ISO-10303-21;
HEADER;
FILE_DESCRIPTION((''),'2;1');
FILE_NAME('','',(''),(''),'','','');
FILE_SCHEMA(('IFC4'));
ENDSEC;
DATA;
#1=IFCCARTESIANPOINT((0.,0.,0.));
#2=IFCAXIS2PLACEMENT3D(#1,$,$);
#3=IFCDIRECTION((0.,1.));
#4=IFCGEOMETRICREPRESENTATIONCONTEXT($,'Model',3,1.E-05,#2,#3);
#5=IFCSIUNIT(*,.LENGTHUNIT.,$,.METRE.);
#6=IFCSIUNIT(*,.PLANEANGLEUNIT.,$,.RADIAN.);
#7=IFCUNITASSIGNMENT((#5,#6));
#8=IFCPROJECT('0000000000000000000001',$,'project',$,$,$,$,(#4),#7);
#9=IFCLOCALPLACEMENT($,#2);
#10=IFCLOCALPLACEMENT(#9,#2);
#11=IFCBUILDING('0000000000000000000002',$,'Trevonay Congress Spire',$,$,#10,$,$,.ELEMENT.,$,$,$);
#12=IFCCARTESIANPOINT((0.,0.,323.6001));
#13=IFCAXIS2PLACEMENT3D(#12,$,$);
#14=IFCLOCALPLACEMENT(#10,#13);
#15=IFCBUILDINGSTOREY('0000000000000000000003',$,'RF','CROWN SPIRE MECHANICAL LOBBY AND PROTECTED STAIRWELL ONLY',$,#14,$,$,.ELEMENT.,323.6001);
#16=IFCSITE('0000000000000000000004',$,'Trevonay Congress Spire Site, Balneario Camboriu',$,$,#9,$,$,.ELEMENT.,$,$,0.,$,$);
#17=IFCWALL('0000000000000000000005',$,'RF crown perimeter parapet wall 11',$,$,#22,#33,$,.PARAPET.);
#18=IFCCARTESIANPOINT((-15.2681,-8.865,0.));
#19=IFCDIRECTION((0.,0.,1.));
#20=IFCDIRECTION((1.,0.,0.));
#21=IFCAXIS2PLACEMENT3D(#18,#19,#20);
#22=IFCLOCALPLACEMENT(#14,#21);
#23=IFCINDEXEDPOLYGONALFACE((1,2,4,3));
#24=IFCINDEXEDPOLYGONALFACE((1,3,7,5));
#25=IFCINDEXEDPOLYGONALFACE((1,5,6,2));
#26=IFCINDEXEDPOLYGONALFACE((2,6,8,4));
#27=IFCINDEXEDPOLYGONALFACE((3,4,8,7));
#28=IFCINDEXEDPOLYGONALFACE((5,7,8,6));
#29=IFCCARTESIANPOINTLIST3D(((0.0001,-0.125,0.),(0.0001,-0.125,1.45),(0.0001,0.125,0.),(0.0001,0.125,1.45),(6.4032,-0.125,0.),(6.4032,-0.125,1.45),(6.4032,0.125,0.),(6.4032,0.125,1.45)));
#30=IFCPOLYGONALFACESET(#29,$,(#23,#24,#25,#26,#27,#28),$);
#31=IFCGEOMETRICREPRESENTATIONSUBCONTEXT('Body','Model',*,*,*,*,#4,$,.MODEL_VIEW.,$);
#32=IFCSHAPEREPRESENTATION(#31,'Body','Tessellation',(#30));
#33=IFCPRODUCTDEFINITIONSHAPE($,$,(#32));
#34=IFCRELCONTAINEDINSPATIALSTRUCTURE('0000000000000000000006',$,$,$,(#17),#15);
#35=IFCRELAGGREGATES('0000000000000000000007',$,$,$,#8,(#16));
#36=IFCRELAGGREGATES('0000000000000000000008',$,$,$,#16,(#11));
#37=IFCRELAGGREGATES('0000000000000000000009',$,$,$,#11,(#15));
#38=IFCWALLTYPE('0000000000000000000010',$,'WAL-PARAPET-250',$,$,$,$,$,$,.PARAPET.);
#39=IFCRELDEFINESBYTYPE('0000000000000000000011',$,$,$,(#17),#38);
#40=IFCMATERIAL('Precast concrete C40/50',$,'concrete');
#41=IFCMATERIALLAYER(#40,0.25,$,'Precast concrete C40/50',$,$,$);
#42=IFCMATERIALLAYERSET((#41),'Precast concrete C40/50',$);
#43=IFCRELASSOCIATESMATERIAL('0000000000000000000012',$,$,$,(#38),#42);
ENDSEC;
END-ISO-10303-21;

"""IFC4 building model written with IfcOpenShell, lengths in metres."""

from ifc_helpers import new_model, si_unit, direction, frame, frame_2d, origin, place, context, subcontext, project, spatial, rectangle, extrude, material, layer, layer_set, type_object, element, save


model = new_model("IFC4")

# Units and contexts
model_context = context("Model", 3, precision=1e-05, world=origin(), true_north=direction((0.0, 1.0)))
body_context = subcontext(model_context, "Body", "Model", "MODEL_VIEW")
ifc_project = project(units=[si_unit("LENGTHUNIT", "METRE"), si_unit("PLANEANGLEUNIT", "RADIAN")], contexts=[model_context])

# Site, building, storey
site_placement = place(None, origin())
site = spatial("IfcSite", under=ifc_project, at=site_placement, Name="Trevonay Congress Spire Site, Balneario Camboriu", CompositionType="ELEMENT", RefElevation=0.0)
building_placement = place(site_placement, origin())
building = spatial("IfcBuilding", under=site, at=building_placement, Name="Trevonay Congress Spire", CompositionType="ELEMENT")
storey_placement = place(building_placement, frame((0.0, 0.0, 323.6001)))
storey = spatial("IfcBuildingStorey", under=building, at=storey_placement, Name="RF", Description="CROWN SPIRE MECHANICAL LOBBY AND PROTECTED STAIRWELL ONLY", CompositionType="ELEMENT", Elevation=323.6001)

# Wall
ifc_material_1 = material(Name="Precast concrete C40/50", Category="concrete")
ifc_layer_1 = layer(ifc_material_1, 0.25, Name="Precast concrete C40/50")
ifc_layer_set_1 = layer_set([ifc_layer_1], Name="Precast concrete C40/50")
wall_type_1 = type_object("IfcWallType", Name="WAL-PARAPET-250", PredefinedType="PARAPET", material=ifc_layer_set_1)
for number, where, z_axis, x_axis, name in (
    (1, (-15.2681, -8.865, 0.0), (0.0, 0.0, 1.0), (1.0, 0.0, 0.0), "RF crown perimeter parapet wall 11"),
):
    element("IfcWall", number, at=place(storey_placement, frame(where, z_axis=z_axis, x_axis=x_axis)), inside=storey, type_object=wall_type_1, Name=name, PredefinedType="PARAPET", context=body_context, shape_type="SweptSolid", body=[
        extrude(rectangle(XDim=6.4031, YDim=0.25, at=frame_2d((3.2017, 0.0))), origin(), (0.0, 0.0, 1.0), 1.45),
    ])

save(model, "model.ifc")
